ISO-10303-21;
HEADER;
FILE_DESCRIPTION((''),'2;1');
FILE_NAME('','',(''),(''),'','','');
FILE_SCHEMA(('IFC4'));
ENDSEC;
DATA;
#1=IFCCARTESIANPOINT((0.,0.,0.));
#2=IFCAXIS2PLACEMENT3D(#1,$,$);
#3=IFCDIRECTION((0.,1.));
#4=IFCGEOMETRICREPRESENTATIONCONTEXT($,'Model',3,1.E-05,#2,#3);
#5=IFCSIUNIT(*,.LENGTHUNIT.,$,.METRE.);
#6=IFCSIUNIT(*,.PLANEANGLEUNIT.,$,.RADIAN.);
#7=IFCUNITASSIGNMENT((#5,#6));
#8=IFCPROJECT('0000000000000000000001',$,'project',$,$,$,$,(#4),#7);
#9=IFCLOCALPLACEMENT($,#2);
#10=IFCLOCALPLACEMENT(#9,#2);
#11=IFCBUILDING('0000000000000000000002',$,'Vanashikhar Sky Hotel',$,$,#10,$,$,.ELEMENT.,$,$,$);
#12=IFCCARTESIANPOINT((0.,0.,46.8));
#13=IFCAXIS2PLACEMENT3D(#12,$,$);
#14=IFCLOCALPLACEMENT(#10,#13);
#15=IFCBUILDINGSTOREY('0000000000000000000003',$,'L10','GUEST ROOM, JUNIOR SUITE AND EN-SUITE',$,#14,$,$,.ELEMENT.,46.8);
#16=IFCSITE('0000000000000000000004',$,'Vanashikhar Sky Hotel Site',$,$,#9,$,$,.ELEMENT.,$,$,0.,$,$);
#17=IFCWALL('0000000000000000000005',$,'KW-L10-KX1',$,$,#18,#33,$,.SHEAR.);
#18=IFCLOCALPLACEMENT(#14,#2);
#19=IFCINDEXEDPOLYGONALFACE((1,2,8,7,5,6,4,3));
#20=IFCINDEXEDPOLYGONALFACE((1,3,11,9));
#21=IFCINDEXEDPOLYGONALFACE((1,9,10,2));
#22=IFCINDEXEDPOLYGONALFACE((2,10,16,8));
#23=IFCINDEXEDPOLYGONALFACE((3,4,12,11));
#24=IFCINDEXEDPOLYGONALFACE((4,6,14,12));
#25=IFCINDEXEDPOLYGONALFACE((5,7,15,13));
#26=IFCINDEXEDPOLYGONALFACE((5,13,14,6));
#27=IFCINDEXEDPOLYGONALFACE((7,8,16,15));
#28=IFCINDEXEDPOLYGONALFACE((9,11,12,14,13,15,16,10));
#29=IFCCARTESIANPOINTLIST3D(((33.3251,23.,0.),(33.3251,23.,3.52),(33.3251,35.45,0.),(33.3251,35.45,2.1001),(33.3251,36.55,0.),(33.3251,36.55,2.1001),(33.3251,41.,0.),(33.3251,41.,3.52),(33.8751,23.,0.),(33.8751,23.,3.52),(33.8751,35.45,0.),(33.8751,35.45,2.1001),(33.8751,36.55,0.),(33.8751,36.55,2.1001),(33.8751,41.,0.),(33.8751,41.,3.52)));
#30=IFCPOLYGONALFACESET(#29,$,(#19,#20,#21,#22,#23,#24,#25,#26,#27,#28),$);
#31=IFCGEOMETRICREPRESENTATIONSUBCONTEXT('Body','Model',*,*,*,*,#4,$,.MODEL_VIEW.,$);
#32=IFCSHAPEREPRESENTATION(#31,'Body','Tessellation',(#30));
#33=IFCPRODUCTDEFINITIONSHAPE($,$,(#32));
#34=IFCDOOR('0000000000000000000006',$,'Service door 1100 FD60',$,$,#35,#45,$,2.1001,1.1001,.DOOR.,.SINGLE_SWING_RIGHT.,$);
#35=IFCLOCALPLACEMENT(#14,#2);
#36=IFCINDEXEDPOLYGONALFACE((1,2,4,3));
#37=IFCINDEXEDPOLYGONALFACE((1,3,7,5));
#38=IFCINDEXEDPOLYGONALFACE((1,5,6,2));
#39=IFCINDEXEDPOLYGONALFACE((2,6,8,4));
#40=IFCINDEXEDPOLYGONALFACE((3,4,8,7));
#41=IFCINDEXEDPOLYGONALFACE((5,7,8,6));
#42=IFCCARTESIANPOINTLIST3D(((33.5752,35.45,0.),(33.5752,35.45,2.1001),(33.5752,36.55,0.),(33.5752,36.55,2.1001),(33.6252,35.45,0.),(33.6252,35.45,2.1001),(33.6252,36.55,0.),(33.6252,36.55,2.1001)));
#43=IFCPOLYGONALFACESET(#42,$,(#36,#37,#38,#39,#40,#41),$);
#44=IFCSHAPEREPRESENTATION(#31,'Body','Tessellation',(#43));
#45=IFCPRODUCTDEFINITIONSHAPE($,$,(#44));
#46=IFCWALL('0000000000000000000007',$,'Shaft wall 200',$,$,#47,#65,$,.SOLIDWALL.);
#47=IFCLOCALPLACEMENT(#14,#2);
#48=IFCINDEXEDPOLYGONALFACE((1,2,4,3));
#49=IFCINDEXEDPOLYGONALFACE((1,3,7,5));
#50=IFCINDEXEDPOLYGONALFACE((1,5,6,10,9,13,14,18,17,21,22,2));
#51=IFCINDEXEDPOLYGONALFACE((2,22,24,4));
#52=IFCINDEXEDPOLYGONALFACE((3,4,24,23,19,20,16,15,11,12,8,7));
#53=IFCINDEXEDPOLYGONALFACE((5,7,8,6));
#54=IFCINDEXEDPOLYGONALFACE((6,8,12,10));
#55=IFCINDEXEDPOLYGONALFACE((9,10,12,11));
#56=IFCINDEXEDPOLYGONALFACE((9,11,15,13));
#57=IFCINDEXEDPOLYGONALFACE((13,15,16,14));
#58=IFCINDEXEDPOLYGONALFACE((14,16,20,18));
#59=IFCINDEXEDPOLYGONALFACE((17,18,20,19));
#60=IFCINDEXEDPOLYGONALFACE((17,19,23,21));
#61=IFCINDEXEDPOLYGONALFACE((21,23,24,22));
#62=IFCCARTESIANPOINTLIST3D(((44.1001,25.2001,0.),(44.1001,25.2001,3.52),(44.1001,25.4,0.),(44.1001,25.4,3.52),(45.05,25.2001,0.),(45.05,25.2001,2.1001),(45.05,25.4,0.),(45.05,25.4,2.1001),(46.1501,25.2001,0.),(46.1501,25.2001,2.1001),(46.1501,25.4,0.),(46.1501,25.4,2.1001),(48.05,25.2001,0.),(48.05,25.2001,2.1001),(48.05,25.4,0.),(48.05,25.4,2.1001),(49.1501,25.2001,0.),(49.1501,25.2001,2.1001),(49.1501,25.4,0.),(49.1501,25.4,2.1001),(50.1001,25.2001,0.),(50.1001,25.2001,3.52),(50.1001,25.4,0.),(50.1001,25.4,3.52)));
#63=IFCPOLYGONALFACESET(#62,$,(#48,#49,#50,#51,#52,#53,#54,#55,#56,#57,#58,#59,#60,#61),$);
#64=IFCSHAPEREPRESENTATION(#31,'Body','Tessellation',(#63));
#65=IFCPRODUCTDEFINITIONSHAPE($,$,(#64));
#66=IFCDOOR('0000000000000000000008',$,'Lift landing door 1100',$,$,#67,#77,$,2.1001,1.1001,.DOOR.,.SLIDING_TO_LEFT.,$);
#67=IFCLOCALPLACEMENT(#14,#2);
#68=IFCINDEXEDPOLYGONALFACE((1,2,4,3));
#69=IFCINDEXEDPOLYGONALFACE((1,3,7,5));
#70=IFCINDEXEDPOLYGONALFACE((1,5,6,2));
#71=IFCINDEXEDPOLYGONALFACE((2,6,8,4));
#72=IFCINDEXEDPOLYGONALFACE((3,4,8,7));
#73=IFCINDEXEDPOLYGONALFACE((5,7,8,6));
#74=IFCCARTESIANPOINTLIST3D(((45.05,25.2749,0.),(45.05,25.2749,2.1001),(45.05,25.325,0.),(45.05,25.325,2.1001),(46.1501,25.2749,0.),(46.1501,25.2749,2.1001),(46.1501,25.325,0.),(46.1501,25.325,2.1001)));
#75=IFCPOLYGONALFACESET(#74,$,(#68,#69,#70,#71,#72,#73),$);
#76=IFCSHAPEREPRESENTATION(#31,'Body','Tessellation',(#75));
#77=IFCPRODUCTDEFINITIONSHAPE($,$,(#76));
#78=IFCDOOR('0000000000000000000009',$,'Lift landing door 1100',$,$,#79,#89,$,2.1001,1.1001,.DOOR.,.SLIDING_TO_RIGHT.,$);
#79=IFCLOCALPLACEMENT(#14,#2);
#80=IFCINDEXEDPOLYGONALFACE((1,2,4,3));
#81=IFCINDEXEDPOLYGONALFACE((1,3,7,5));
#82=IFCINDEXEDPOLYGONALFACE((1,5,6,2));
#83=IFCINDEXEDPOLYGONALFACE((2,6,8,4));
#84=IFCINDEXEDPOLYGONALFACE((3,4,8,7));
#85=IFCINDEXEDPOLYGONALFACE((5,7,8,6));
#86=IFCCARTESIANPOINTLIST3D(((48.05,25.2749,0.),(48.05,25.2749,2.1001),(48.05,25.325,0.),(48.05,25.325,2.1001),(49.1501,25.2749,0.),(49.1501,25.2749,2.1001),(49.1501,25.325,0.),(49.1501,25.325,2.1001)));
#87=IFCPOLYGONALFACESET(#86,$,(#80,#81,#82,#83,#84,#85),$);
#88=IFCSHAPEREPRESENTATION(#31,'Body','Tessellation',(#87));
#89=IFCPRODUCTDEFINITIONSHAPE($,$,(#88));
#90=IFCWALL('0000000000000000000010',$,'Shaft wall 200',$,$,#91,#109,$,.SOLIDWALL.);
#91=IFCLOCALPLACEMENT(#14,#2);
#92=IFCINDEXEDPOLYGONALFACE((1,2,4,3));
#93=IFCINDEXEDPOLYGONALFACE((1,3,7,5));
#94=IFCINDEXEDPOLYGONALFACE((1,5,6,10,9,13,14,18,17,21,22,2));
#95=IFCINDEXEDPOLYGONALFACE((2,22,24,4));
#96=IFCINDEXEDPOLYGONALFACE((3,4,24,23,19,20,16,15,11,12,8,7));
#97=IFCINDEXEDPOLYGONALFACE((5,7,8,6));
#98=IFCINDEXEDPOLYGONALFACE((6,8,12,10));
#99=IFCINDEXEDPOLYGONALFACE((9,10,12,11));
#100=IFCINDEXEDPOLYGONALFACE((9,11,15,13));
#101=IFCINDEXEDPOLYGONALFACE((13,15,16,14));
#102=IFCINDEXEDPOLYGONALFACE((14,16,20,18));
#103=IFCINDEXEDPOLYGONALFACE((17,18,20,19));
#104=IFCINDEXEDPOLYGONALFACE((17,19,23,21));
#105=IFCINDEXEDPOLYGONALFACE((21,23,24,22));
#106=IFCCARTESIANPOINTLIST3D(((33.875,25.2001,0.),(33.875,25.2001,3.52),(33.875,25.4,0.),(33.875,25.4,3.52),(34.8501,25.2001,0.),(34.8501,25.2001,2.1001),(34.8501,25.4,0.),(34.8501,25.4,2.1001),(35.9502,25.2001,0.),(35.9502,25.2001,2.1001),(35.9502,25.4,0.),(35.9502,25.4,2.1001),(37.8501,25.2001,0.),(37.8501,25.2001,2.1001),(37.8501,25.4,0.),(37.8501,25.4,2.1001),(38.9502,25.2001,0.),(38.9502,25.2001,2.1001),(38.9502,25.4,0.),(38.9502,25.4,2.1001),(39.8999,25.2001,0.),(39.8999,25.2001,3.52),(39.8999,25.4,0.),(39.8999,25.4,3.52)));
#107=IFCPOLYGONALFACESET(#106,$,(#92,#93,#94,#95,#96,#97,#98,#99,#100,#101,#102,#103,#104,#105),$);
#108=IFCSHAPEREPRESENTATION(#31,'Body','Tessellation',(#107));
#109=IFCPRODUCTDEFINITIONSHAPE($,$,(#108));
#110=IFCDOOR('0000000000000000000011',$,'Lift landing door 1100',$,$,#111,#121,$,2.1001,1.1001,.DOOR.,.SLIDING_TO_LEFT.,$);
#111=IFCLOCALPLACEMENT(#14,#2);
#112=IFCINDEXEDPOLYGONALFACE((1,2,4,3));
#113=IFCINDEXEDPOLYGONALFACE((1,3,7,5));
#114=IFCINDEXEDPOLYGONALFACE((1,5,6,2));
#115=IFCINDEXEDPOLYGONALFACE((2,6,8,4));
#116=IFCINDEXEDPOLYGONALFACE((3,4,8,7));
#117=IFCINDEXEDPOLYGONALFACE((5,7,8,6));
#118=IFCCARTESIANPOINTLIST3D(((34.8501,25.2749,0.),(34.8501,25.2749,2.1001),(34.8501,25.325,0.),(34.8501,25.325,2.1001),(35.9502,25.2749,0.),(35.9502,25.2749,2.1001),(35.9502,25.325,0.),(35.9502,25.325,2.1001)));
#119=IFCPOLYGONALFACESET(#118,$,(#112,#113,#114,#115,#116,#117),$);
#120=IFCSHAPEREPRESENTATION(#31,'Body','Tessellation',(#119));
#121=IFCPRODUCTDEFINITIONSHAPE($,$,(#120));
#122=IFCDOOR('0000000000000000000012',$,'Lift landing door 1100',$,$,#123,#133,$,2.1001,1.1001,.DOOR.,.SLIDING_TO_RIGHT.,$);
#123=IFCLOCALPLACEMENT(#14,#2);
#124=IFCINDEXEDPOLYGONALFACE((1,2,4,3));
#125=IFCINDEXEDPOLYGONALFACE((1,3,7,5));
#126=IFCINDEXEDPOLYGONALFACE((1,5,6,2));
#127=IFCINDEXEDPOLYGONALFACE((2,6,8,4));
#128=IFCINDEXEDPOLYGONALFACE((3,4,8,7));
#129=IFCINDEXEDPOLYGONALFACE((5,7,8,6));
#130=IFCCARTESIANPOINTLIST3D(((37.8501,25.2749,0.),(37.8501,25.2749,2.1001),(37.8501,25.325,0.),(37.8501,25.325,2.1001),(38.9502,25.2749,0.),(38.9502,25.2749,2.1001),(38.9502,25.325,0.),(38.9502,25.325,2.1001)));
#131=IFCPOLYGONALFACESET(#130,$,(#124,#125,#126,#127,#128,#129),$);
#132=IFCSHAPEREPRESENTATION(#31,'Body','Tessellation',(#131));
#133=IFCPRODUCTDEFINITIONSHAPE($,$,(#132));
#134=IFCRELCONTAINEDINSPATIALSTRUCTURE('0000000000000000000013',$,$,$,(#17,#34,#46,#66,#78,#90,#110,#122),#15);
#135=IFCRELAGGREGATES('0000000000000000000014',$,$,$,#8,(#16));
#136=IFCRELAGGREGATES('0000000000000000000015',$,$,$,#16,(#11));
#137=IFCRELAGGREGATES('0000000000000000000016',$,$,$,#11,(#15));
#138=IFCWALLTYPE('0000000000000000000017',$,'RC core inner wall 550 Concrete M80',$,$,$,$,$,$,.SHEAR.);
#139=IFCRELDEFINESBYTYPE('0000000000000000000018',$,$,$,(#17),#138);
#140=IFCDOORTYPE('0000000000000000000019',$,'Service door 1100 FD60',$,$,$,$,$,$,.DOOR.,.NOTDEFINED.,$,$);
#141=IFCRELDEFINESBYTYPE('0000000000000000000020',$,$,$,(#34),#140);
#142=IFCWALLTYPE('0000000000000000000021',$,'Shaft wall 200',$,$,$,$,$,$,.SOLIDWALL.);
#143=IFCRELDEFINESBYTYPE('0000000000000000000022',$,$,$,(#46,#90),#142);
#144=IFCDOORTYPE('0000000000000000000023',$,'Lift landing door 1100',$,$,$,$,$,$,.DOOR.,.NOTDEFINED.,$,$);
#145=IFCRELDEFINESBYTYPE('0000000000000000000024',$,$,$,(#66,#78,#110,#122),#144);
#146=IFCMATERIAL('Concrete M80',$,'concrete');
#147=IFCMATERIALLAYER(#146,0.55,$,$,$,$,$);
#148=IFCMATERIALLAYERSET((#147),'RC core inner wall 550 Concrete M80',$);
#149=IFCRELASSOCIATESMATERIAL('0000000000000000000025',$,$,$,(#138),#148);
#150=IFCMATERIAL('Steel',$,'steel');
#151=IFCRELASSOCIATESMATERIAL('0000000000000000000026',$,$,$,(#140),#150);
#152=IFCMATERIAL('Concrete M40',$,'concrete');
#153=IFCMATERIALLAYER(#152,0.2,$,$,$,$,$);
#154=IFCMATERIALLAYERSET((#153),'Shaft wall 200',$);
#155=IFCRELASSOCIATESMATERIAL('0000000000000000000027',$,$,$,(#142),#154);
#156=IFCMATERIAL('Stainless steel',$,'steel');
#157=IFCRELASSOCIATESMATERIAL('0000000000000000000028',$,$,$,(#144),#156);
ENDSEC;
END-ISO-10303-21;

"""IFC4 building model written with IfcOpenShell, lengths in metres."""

from ifc_helpers import new_model, si_unit, direction, frame, frame_2d, origin, place, context, subcontext, project, spatial, rectangle, extrude, source, transform, mapped, material, layer, layer_set, type_object, element, fill, save


model = new_model("IFC4")

# Units and contexts
model_context = context("Model", 3, precision=1e-05, world=origin(), true_north=direction((0.0, 1.0)))
body_context = subcontext(model_context, "Body", "Model", "MODEL_VIEW")
ifc_project = project(units=[si_unit("LENGTHUNIT", "METRE"), si_unit("PLANEANGLEUNIT", "RADIAN")], contexts=[model_context])

# Site, building, storey
site_placement = place(None, origin())
site = spatial("IfcSite", under=ifc_project, at=site_placement, Name="Vanashikhar Sky Hotel Site", CompositionType="ELEMENT", RefElevation=0.0)
building_placement = place(site_placement, origin())
building = spatial("IfcBuilding", under=site, at=building_placement, Name="Vanashikhar Sky Hotel", CompositionType="ELEMENT")
storey_placement = place(building_placement, frame((0.0, 0.0, 46.8)))
storey = spatial("IfcBuildingStorey", under=building, at=storey_placement, Name="L10", Description="GUEST ROOM, JUNIOR SUITE AND EN-SUITE", CompositionType="ELEMENT", Elevation=46.8)

# Wall, opening, door
ifc_material_1 = material(Name="Concrete M80", Category="concrete")
ifc_layer_1 = layer(ifc_material_1, 0.55)
ifc_layer_set_1 = layer_set([ifc_layer_1], Name="RC core inner wall 550 Concrete M80")
wall_type_1 = type_object("IfcWallType", Name="RC core inner wall 550 Concrete M80", PredefinedType="SHEAR", material=ifc_layer_set_1)
shared_shape_1 = source(origin(), body_context, "Body", "SweptSolid", [
    extrude(rectangle(XDim=18.0, YDim=0.55, at=frame_2d((9.0, 0.0))), origin(), (0.0, 0.0, 1.0), 3.52),
])
wall_1_placement = place(storey_placement, frame((33.6001, 23.0, 0.0), z_axis=(0.0, 0.0, 1.0), x_axis=(0.0, 1.0, 0.0)))
wall_1 = element("IfcWall", 1, at=wall_1_placement, inside=storey, type_object=wall_type_1, Name="KW-L10-KX1", PredefinedType="SHEAR", context=body_context, shape_type="MappedRepresentation", body=[
    mapped(shared_shape_1, transform((0.0, 0.0, 0.0), scale=1.0)),
])
shared_shape_2 = source(origin(), body_context, "Body", "SweptSolid", [
    extrude(rectangle(XDim=1.1001, YDim=2.1001, at=frame_2d((0.55, 1.05))), frame((0.0, 0.2852, 0.0), z_axis=(0.0, -1.0, 0.0), x_axis=(1.0, 0.0, 0.0)), (0.0, 0.0, 1.0), 0.5701),
])
opening_1_placement = place(wall_1_placement, frame((12.45, 0.0, 0.0)))
opening_1 = element("IfcOpeningElement", 2, at=opening_1_placement, cuts=wall_1, PredefinedType="OPENING", context=body_context, shape_type="MappedRepresentation", body=[
    mapped(shared_shape_2, transform((0.0, 0.0, 0.0), scale=1.0)),
])
ifc_material_2 = material(Name="Steel", Category="steel")
door_type_1 = type_object("IfcDoorType", Name="Service door 1100 FD60", OperationType="NOTDEFINED", PredefinedType="DOOR", material=ifc_material_2)
shared_shape_3 = source(origin(), body_context, "Body", "SweptSolid", [
    extrude(rectangle(XDim=1.1001, YDim=2.1001, at=frame_2d((0.55, 1.05))), frame((0.0, 0.0249, 0.0), z_axis=(0.0, -1.0, 0.0), x_axis=(1.0, 0.0, 0.0)), (0.0, 0.0, 1.0), 0.05),
])
door_1_placement = place(opening_1_placement, origin())
door_1 = element("IfcDoor", 3, at=door_1_placement, inside=storey, type_object=door_type_1, Name="Service door 1100 FD60", OperationType="SINGLE_SWING_RIGHT", OverallHeight=2.1001, OverallWidth=1.1001, PredefinedType="DOOR", context=body_context, shape_type="MappedRepresentation", body=[
    mapped(shared_shape_3, transform((0.0, 0.0, 0.0), scale=1.0)),
])
fill(opening_1, door_1)

# Walls, openings, doors
ifc_material_3 = material(Name="Concrete M40", Category="concrete")
ifc_layer_2 = layer(ifc_material_3, 0.2)
ifc_layer_set_2 = layer_set([ifc_layer_2], Name="Shaft wall 200")
wall_type_2 = type_object("IfcWallType", Name="Shaft wall 200", PredefinedType="SOLIDWALL", material=ifc_layer_set_2)
shared_shape_4 = source(origin(), body_context, "Body", "SweptSolid", [
    extrude(rectangle(XDim=6.0, YDim=0.2, at=frame_2d((3.0, 0.0))), origin(), (0.0, 0.0, 1.0), 3.52),
])
wall_2_placement = place(storey_placement, frame((44.1001, 25.3, 0.0), z_axis=(0.0, 0.0, 1.0), x_axis=(1.0, 0.0, 0.0)))
wall_2 = element("IfcWall", 4, at=wall_2_placement, inside=storey, type_object=wall_type_2, Name="Shaft wall 200", PredefinedType="SOLIDWALL", context=body_context, shape_type="MappedRepresentation", body=[
    mapped(shared_shape_4, transform((0.0, 0.0, 0.0), scale=1.0)),
])
shared_shape_5 = source(origin(), body_context, "Body", "SweptSolid", [
    extrude(rectangle(XDim=1.1001, YDim=2.1001, at=frame_2d((0.55, 1.05))), frame((0.0, 0.1099, 0.0), z_axis=(0.0, -1.0, 0.0), x_axis=(1.0, 0.0, 0.0)), (0.0, 0.0, 1.0), 0.22),
])
opening_2_placement = place(wall_2_placement, frame((0.95, 0.0, 0.0)))
opening_2 = element("IfcOpeningElement", 5, at=opening_2_placement, cuts=wall_2, PredefinedType="OPENING", context=body_context, shape_type="MappedRepresentation", body=[
    mapped(shared_shape_5, transform((0.0, 0.0, 0.0), scale=1.0)),
])
opening_3_placement = place(wall_2_placement, frame((3.95, 0.0, 0.0)))
opening_3 = element("IfcOpeningElement", 6, at=opening_3_placement, cuts=wall_2, PredefinedType="OPENING", context=body_context, shape_type="MappedRepresentation", body=[
    mapped(shared_shape_5, transform((0.0, 0.0, 0.0), scale=1.0)),
])
ifc_material_4 = material(Name="Stainless steel", Category="steel")
door_type_2 = type_object("IfcDoorType", Name="Lift landing door 1100", OperationType="NOTDEFINED", PredefinedType="DOOR", material=ifc_material_4)
door_2_placement = place(opening_2_placement, origin())
door_2 = element("IfcDoor", 7, at=door_2_placement, inside=storey, type_object=door_type_2, Name="Lift landing door 1100", OperationType="SLIDING_TO_LEFT", OverallHeight=2.1001, OverallWidth=1.1001, PredefinedType="DOOR", context=body_context, shape_type="MappedRepresentation", body=[
    mapped(shared_shape_3, transform((0.0, 0.0, 0.0), scale=1.0)),
])
fill(opening_2, door_2)
door_3_placement = place(opening_3_placement, origin())
door_3 = element("IfcDoor", 8, at=door_3_placement, inside=storey, type_object=door_type_2, Name="Lift landing door 1100", OperationType="SLIDING_TO_RIGHT", OverallHeight=2.1001, OverallWidth=1.1001, PredefinedType="DOOR", context=body_context, shape_type="MappedRepresentation", body=[
    mapped(shared_shape_3, transform((0.0, 0.0, 0.0), scale=1.0)),
])
fill(opening_3, door_3)
shared_shape_6 = source(origin(), body_context, "Body", "SweptSolid", [
    extrude(rectangle(XDim=6.0249, YDim=0.2, at=frame_2d((3.0125, 0.0))), origin(), (0.0, 0.0, 1.0), 3.52),
])
wall_3_placement = place(storey_placement, frame((33.875, 25.3, 0.0), z_axis=(0.0, 0.0, 1.0), x_axis=(1.0, 0.0, 0.0)))
wall_3 = element("IfcWall", 9, at=wall_3_placement, inside=storey, type_object=wall_type_2, Name="Shaft wall 200", PredefinedType="SOLIDWALL", context=body_context, shape_type="MappedRepresentation", body=[
    mapped(shared_shape_6, transform((0.0, 0.0, 0.0), scale=1.0)),
])
opening_4_placement = place(wall_3_placement, frame((0.9751, 0.0, 0.0)))
opening_4 = element("IfcOpeningElement", 10, at=opening_4_placement, cuts=wall_3, PredefinedType="OPENING", context=body_context, shape_type="MappedRepresentation", body=[
    mapped(shared_shape_5, transform((0.0, 0.0, 0.0), scale=1.0)),
])
opening_5_placement = place(wall_3_placement, frame((3.9751, 0.0, 0.0)))
opening_5 = element("IfcOpeningElement", 11, at=opening_5_placement, cuts=wall_3, PredefinedType="OPENING", context=body_context, shape_type="MappedRepresentation", body=[
    mapped(shared_shape_5, transform((0.0, 0.0, 0.0), scale=1.0)),
])
door_4_placement = place(opening_4_placement, origin())
door_4 = element("IfcDoor", 12, at=door_4_placement, inside=storey, type_object=door_type_2, Name="Lift landing door 1100", OperationType="SLIDING_TO_LEFT", OverallHeight=2.1001, OverallWidth=1.1001, PredefinedType="DOOR", context=body_context, shape_type="MappedRepresentation", body=[
    mapped(shared_shape_3, transform((0.0, 0.0, 0.0), scale=1.0)),
])
fill(opening_4, door_4)
door_5_placement = place(opening_5_placement, origin())
door_5 = element("IfcDoor", 13, at=door_5_placement, inside=storey, type_object=door_type_2, Name="Lift landing door 1100", OperationType="SLIDING_TO_RIGHT", OverallHeight=2.1001, OverallWidth=1.1001, PredefinedType="DOOR", context=body_context, shape_type="MappedRepresentation", body=[
    mapped(shared_shape_3, transform((0.0, 0.0, 0.0), scale=1.0)),
])
fill(opening_5, door_5)

save(model, "model.ifc")
